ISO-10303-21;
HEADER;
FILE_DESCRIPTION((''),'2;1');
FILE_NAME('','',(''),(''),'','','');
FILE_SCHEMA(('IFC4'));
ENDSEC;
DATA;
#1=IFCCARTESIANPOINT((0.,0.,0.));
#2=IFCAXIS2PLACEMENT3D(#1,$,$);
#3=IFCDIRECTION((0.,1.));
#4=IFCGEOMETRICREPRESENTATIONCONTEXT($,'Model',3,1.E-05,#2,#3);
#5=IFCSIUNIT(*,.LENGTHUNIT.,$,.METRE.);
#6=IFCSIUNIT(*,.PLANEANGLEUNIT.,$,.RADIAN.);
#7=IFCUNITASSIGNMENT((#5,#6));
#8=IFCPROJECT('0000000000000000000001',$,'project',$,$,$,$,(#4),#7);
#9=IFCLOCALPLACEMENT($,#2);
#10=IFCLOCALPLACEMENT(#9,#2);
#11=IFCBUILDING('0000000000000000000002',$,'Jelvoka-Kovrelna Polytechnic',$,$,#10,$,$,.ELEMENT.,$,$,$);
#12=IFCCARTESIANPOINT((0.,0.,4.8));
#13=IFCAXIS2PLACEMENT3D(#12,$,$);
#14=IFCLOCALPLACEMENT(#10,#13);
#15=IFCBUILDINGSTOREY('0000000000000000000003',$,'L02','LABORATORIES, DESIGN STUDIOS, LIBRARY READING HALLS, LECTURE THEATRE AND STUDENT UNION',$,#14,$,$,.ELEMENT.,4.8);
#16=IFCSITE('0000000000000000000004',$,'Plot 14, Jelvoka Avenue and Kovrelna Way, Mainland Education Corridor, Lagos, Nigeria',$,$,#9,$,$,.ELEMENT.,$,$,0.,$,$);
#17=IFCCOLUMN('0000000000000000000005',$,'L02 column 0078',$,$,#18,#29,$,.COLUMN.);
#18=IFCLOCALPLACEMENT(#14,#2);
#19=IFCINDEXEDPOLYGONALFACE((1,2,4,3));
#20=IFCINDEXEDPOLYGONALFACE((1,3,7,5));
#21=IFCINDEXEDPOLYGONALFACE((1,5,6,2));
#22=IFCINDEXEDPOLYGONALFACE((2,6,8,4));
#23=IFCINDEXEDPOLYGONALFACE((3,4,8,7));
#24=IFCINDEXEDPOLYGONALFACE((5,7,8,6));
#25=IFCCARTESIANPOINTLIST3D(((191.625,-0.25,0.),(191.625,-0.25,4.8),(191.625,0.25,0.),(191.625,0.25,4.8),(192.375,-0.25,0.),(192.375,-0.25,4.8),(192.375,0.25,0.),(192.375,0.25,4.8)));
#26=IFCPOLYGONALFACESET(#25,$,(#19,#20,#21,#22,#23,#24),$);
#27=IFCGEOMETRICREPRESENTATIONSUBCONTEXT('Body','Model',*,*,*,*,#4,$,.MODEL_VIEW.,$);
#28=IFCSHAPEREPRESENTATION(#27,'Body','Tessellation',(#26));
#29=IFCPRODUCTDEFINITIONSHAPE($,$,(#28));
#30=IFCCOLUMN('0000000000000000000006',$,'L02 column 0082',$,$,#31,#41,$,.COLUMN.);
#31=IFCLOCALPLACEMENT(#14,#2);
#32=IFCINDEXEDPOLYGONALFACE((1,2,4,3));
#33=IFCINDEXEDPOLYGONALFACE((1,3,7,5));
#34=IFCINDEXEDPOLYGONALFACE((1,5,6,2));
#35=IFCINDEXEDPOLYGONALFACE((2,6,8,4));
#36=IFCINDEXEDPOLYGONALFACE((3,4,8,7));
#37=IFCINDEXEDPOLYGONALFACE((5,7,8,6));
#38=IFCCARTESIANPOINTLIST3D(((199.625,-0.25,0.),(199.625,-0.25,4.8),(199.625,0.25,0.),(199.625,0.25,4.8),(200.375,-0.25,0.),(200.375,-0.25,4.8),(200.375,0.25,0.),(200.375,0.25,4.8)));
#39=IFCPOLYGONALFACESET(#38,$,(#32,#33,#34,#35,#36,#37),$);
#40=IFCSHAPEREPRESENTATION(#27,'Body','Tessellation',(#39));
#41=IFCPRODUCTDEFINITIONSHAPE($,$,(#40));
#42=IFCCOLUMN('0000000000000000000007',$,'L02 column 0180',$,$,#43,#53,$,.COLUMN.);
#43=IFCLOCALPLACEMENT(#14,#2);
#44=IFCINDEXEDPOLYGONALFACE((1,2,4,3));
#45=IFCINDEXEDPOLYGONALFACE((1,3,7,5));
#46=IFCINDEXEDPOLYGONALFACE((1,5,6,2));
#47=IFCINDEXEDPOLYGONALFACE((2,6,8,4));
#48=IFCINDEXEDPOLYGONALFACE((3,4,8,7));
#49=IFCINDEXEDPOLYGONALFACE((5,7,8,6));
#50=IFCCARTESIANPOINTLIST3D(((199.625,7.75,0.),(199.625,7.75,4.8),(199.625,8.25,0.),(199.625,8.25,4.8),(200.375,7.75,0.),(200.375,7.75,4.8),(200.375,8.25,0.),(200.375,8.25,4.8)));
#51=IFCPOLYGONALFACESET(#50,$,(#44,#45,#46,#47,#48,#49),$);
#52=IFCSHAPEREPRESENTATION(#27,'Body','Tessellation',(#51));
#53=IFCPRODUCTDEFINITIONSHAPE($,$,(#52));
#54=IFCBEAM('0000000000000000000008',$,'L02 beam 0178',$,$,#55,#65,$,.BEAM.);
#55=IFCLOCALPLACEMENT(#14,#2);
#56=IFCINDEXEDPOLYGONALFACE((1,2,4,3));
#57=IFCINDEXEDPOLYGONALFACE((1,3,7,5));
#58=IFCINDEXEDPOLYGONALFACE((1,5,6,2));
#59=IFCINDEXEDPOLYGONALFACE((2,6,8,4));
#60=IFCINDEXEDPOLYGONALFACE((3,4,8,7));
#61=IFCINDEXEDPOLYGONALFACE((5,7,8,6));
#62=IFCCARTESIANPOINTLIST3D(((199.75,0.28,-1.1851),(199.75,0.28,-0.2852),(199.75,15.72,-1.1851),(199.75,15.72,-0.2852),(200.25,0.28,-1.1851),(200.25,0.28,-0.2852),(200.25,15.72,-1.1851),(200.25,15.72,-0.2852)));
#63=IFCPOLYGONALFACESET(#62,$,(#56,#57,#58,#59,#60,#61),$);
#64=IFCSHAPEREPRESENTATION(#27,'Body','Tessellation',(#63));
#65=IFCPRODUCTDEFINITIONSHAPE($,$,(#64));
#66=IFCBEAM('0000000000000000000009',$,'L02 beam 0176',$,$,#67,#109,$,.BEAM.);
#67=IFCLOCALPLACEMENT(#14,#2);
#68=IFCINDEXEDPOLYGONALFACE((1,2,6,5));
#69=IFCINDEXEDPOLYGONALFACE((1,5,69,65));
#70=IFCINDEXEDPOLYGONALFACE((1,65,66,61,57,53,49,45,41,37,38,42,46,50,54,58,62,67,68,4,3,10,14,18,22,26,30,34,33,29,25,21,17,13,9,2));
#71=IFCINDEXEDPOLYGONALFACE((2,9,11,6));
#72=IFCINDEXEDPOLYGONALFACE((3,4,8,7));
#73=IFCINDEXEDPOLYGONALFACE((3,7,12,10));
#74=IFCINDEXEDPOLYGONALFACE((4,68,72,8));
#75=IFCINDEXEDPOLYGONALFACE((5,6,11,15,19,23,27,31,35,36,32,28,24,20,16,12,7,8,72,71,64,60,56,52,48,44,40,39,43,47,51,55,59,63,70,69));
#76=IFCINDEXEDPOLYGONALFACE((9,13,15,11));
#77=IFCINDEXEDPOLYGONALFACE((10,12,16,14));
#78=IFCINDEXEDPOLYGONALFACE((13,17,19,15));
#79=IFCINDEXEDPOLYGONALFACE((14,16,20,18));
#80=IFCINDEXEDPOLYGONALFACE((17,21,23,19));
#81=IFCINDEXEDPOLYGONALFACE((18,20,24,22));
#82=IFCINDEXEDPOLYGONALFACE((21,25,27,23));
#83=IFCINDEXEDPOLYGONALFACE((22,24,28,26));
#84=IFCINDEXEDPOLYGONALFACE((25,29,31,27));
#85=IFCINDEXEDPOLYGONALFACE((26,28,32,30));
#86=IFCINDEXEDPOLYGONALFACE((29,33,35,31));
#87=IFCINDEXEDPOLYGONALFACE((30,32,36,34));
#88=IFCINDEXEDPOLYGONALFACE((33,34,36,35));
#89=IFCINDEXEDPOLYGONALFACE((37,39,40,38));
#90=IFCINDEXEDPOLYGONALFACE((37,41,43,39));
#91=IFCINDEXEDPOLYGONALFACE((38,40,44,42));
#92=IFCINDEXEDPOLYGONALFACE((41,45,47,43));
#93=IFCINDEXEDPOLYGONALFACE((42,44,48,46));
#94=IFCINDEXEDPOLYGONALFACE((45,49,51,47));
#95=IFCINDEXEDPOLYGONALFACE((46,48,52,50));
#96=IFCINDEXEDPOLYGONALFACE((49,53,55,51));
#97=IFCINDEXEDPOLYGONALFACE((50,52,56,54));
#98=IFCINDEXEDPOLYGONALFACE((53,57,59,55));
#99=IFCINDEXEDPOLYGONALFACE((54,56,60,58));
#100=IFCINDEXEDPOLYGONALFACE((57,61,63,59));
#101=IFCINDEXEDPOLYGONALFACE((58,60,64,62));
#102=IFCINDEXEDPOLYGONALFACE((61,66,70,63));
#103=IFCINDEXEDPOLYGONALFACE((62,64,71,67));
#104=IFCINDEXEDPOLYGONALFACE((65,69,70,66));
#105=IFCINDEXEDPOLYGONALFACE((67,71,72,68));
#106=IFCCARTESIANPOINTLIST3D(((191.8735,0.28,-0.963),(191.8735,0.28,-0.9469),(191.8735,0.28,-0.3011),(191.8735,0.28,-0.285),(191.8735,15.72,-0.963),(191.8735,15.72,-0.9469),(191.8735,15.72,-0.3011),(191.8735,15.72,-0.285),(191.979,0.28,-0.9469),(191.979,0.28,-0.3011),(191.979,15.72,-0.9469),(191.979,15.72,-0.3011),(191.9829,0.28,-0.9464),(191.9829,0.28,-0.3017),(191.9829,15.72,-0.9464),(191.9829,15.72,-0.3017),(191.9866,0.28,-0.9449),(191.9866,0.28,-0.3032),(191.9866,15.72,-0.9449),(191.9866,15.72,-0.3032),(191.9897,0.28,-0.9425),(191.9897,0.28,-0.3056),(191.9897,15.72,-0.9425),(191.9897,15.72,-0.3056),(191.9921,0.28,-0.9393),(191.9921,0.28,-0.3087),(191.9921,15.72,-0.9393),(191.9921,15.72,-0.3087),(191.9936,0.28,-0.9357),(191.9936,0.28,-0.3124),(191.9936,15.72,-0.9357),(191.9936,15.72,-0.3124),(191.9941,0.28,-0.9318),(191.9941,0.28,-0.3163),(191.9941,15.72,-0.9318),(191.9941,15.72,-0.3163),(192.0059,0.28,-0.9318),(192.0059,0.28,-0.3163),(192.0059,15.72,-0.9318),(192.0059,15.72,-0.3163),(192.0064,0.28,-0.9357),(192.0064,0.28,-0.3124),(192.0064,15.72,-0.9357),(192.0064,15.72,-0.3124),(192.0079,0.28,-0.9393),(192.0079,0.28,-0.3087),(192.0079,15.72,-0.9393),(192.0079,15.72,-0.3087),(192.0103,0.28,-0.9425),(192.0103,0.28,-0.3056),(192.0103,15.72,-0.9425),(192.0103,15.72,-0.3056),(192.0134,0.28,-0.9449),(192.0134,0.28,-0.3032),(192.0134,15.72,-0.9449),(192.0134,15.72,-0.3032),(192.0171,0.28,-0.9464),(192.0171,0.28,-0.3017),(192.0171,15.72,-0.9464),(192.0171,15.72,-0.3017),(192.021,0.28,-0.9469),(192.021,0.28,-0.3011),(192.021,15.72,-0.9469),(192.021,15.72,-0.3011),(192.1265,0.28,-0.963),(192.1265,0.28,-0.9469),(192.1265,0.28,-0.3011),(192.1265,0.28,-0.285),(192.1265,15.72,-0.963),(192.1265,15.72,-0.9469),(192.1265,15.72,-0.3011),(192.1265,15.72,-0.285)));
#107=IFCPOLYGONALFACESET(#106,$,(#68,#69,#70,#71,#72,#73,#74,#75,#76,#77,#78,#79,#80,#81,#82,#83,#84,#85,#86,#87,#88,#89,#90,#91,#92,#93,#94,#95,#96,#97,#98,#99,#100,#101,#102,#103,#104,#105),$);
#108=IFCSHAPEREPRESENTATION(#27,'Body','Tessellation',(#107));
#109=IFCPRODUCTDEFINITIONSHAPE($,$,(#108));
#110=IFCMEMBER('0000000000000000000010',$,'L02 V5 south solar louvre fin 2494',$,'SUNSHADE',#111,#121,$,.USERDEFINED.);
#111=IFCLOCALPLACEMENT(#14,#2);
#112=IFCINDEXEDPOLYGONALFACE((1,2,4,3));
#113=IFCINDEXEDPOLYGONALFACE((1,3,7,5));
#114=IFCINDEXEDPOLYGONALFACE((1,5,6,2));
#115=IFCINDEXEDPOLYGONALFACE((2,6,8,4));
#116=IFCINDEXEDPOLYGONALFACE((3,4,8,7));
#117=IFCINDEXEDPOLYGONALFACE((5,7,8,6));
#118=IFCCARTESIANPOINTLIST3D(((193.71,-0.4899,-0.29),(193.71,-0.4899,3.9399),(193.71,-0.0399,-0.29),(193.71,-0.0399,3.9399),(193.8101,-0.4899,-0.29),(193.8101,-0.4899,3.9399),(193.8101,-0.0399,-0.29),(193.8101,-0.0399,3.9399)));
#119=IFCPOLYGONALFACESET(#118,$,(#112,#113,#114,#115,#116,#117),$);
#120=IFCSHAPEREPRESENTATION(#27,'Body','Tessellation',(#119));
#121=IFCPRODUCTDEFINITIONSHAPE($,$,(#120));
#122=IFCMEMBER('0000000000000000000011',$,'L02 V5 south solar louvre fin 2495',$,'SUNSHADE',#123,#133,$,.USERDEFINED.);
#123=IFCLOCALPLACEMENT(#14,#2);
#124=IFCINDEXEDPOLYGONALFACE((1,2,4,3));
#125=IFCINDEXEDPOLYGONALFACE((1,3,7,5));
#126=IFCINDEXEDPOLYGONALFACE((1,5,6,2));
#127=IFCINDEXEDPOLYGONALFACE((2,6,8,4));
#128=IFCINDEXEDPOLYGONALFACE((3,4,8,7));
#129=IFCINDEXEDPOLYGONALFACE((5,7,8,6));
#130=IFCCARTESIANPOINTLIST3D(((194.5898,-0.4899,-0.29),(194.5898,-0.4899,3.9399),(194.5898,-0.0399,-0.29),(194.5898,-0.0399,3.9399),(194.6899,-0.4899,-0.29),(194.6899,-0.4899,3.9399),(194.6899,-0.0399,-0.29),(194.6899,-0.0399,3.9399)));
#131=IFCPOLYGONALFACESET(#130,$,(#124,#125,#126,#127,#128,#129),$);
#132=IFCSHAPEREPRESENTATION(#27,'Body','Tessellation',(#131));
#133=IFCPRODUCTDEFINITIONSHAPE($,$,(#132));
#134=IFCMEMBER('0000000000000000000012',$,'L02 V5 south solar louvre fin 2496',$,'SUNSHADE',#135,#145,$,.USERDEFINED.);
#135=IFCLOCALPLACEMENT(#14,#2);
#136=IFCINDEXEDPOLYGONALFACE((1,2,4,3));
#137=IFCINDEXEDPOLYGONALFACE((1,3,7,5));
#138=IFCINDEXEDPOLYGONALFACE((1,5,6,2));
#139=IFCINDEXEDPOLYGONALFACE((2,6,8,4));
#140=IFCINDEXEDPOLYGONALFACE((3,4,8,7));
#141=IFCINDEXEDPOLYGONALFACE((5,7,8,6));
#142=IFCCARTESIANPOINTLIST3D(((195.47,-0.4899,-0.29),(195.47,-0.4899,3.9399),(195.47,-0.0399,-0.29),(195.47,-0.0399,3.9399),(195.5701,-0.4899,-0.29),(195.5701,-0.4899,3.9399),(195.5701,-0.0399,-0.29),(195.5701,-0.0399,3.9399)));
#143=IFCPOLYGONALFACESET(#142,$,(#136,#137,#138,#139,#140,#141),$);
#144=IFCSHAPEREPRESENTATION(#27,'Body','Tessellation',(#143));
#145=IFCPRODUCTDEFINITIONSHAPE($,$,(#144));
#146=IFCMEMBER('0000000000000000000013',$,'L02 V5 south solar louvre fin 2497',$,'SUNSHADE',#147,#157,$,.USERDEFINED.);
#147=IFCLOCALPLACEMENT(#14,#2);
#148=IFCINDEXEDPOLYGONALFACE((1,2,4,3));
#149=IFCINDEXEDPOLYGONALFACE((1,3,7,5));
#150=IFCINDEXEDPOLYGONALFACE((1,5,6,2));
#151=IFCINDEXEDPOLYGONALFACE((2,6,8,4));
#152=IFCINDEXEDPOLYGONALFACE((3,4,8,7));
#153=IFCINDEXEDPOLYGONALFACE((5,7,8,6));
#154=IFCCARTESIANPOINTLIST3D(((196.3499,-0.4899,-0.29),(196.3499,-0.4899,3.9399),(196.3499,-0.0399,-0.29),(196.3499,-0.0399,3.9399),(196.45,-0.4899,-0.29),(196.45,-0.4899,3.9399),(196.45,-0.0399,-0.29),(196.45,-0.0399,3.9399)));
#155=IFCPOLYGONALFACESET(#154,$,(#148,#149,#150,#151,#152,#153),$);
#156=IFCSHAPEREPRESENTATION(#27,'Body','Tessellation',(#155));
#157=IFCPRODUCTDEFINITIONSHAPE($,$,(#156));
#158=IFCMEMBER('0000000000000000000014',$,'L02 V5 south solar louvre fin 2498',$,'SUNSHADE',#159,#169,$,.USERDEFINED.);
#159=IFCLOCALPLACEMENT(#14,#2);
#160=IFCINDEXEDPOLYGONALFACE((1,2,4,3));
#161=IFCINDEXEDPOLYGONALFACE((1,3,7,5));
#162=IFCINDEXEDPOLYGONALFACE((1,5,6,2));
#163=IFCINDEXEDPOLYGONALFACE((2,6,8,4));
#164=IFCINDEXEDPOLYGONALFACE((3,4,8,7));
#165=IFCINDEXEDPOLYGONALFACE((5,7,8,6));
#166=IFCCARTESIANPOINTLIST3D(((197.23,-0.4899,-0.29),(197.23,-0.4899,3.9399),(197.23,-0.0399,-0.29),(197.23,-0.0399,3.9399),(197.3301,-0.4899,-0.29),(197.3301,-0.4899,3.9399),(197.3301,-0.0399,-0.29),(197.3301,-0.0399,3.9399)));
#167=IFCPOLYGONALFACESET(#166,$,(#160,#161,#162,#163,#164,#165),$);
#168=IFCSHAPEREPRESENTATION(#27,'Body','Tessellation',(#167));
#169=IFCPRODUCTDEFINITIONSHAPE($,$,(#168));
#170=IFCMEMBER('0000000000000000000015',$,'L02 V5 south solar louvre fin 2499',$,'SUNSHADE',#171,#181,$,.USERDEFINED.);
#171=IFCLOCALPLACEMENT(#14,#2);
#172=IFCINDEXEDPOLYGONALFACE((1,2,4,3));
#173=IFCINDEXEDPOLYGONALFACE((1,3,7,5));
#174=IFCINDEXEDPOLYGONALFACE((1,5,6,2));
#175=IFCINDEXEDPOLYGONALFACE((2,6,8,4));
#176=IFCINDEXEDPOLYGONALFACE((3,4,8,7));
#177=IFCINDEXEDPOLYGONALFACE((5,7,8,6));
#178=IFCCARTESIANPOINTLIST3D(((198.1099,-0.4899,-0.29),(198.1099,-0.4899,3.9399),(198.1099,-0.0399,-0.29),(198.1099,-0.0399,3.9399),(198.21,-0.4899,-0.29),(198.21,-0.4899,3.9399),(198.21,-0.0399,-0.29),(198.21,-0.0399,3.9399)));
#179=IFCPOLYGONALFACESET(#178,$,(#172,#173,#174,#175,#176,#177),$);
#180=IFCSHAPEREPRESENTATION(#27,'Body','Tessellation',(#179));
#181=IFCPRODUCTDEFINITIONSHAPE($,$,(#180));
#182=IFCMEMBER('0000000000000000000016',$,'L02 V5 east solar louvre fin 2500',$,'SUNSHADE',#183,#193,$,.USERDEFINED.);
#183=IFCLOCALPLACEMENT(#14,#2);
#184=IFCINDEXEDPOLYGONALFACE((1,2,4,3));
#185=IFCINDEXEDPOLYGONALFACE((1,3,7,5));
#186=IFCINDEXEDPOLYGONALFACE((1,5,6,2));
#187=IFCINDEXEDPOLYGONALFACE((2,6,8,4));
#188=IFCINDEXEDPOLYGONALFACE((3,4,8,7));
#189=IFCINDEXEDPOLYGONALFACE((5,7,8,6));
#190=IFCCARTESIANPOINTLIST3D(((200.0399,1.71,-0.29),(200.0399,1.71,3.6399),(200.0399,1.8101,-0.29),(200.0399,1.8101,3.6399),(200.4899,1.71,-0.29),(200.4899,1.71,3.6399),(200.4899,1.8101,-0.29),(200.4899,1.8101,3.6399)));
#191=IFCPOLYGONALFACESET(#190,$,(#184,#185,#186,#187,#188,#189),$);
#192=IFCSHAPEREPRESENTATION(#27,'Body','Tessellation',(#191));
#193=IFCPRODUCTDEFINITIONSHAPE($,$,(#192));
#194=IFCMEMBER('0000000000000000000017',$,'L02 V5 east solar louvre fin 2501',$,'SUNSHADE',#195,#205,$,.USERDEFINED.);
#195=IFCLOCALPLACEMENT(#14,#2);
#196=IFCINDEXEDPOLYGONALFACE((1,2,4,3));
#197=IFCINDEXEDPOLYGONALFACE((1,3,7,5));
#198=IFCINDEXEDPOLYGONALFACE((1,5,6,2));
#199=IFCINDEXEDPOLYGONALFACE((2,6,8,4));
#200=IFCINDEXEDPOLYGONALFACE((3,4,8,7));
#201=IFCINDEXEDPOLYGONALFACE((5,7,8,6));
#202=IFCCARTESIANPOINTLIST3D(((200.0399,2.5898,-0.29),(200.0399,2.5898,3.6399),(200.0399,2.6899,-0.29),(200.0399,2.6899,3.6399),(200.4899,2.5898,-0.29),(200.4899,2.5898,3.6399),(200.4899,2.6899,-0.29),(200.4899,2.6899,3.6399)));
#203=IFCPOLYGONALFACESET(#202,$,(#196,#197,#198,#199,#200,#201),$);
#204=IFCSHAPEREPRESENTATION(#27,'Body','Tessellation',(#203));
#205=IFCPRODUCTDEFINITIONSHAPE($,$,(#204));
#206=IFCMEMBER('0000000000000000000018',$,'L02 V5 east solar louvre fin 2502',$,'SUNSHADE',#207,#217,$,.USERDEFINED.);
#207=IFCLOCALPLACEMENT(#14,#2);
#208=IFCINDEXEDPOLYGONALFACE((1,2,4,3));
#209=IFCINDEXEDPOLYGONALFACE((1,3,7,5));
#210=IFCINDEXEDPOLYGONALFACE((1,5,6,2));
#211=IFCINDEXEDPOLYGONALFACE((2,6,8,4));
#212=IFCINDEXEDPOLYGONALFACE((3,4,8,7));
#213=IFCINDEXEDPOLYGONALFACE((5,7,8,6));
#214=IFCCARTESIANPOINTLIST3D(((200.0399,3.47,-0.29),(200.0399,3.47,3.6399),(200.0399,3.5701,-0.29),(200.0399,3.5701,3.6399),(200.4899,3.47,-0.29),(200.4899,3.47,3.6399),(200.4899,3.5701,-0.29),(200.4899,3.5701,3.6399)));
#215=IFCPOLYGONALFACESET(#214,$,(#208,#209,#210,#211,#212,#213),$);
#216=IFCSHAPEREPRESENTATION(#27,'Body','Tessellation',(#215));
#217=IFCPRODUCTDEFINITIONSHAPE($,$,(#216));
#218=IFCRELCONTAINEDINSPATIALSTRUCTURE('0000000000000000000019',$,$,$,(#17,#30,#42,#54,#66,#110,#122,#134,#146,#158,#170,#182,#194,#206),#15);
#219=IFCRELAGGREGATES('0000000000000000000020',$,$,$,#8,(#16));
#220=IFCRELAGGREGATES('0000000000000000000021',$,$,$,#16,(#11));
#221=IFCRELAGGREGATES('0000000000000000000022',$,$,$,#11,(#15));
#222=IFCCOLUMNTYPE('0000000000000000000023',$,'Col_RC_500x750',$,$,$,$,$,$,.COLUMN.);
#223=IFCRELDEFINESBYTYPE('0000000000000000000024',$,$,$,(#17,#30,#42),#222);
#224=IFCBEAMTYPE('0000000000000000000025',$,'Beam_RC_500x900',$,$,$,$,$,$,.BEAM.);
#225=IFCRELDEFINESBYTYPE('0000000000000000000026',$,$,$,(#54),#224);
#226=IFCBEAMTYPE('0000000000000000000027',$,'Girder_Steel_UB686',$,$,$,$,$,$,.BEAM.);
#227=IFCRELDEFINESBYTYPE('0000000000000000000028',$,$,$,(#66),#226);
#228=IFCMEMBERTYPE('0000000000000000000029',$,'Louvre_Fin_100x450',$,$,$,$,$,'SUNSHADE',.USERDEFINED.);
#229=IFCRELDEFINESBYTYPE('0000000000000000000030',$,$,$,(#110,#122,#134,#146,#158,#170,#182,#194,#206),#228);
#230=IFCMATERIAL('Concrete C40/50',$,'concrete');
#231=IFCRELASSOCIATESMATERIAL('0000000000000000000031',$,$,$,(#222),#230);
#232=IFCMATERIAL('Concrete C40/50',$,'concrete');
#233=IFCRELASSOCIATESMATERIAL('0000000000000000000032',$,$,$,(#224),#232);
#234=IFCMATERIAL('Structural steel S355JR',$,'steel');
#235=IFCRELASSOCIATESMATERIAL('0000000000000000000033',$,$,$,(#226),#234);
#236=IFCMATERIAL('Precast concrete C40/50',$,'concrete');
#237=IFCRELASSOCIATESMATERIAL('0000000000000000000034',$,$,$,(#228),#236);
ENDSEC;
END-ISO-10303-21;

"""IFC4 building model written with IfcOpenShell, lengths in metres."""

from ifc_helpers import new_model, si_unit, direction, frame, origin, origin_2d, place, context, subcontext, project, spatial, rectangle, i_section, extrude, material, material_profile, profile_set, type_object, element, save


model = new_model("IFC4")

# Units and contexts
model_context = context("Model", 3, precision=1e-05, world=origin(), true_north=direction((0.0, 1.0)))
body_context = subcontext(model_context, "Body", "Model", "MODEL_VIEW")
ifc_project = project(units=[si_unit("LENGTHUNIT", "METRE"), si_unit("PLANEANGLEUNIT", "RADIAN")], contexts=[model_context])

# Site, building, storey
site_placement = place(None, origin())
site = spatial("IfcSite", under=ifc_project, at=site_placement, Name="Plot 14, Jelvoka Avenue and Kovrelna Way, Mainland Education Corridor, Lagos, Nigeria", CompositionType="ELEMENT", RefElevation=0.0)
building_placement = place(site_placement, origin())
building = spatial("IfcBuilding", under=site, at=building_placement, Name="Jelvoka-Kovrelna Polytechnic", CompositionType="ELEMENT")
storey_placement = place(building_placement, frame((0.0, 0.0, 4.8)))
storey = spatial("IfcBuildingStorey", under=building, at=storey_placement, Name="L02", Description="LABORATORIES, DESIGN STUDIOS, LIBRARY READING HALLS, LECTURE THEATRE AND STUDENT UNION", CompositionType="ELEMENT", Elevation=4.8)

# Columns
ifc_material_1 = material(Name="Concrete C40/50", Category="concrete")
ifc_material_profile_1 = material_profile(ifc_material_1, rectangle(XDim=0.5, YDim=0.75, at=origin_2d()), Name="RC 500x750")
ifc_profile_set_1 = profile_set([ifc_material_profile_1], Name="Concrete C40/50")
column_type = type_object("IfcColumnType", Name="Col_RC_500x750", PredefinedType="COLUMN", material=ifc_profile_set_1)
for number, where, z_axis, x_axis, name in (
    (1, (192.0, 0.0, 0.0), (0.0, 0.0, 1.0), (0.0, 1.0, 0.0), "L02 column 0078"),
    (2, (200.0, 0.0, 0.0), (0.0, 0.0, 1.0), (0.0, 1.0, 0.0), "L02 column 0082"),
    (3, (200.0, 8.0, 0.0), (0.0, 0.0, 1.0), (0.0, 1.0, 0.0), "L02 column 0180"),
):
    element("IfcColumn", number, at=place(storey_placement, frame(where, z_axis=z_axis, x_axis=x_axis)), inside=storey, type_object=column_type, Name=name, PredefinedType="COLUMN", context=body_context, shape_type="SweptSolid", body=[
        extrude(rectangle(XDim=0.5, YDim=0.75, at=origin_2d()), origin(), (0.0, 0.0, 1.0), 4.8),
    ])

# Beams
ifc_material_2 = material(Name="Concrete C40/50", Category="concrete")
ifc_material_profile_2 = material_profile(ifc_material_2, rectangle(XDim=0.5, YDim=0.8999, at=origin_2d()), Name="RC 500x900")
ifc_profile_set_2 = profile_set([ifc_material_profile_2], Name="Concrete C40/50")
beam_type_1 = type_object("IfcBeamType", Name="Beam_RC_500x900", PredefinedType="BEAM", material=ifc_profile_set_2)
beam_1_placement = place(storey_placement, frame((200.0, 0.28, -0.7351), z_axis=(0.0, 1.0, 0.0), x_axis=(-1.0, 0.0, 0.0)))
element("IfcBeam", 4, at=beam_1_placement, inside=storey, type_object=beam_type_1, Name="L02 beam 0178", PredefinedType="BEAM", context=body_context, shape_type="SweptSolid", body=[
    extrude(rectangle(XDim=0.5, YDim=0.8999, at=origin_2d()), origin(), (0.0, 0.0, 1.0), 15.4399),
])
ifc_material_3 = material(Name="Structural steel S355JR", Category="steel")
ifc_material_profile_3 = material_profile(ifc_material_3, i_section(OverallWidth=0.2529, OverallDepth=0.678, WebThickness=0.0117, FlangeThickness=0.0161, FilletRadius=0.0151, at=origin_2d()), Name="686x254x125 UB")
ifc_profile_set_3 = profile_set([ifc_material_profile_3], Name="Structural steel S355JR")
beam_type_2 = type_object("IfcBeamType", Name="Girder_Steel_UB686", PredefinedType="BEAM", material=ifc_profile_set_3)
beam_2_placement = place(storey_placement, frame((192.0, 0.28, -0.624), z_axis=(0.0, 1.0, 0.0), x_axis=(-1.0, 0.0, 0.0)))
element("IfcBeam", 5, at=beam_2_placement, inside=storey, type_object=beam_type_2, Name="L02 beam 0176", PredefinedType="BEAM", context=body_context, shape_type="SweptSolid", body=[
    extrude(i_section(OverallWidth=0.2529, OverallDepth=0.678, WebThickness=0.0117, FlangeThickness=0.0161, FilletRadius=0.0151, at=origin_2d()), origin(), (0.0, 0.0, 1.0), 15.4399),
])

# Members
ifc_material_4 = material(Name="Precast concrete C40/50", Category="concrete")
ifc_material_profile_4 = material_profile(ifc_material_4, rectangle(XDim=0.1001, YDim=0.45, at=origin_2d()), Name="PC 100x450")
ifc_profile_set_4 = profile_set([ifc_material_profile_4], Name="Precast concrete C40/50")
member_type_1 = type_object("IfcMemberType", Name="Louvre_Fin_100x450", ElementType="SUNSHADE", PredefinedType="USERDEFINED", material=ifc_profile_set_4)
for number, where, z_axis, x_axis, name in (
    (6, (193.76, -0.2649, -0.29), (0.0, 0.0, 1.0), (1.0, 0.0, 0.0), "L02 V5 south solar louvre fin 2494"),
    (7, (194.6399, -0.2649, -0.29), (0.0, 0.0, 1.0), (1.0, 0.0, 0.0), "L02 V5 south solar louvre fin 2495"),
    (8, (195.52, -0.2649, -0.29), (0.0, 0.0, 1.0), (1.0, 0.0, 0.0), "L02 V5 south solar louvre fin 2496"),
    (9, (196.3999, -0.2649, -0.29), (0.0, 0.0, 1.0), (1.0, 0.0, 0.0), "L02 V5 south solar louvre fin 2497"),
    (10, (197.28, -0.2649, -0.29), (0.0, 0.0, 1.0), (1.0, 0.0, 0.0), "L02 V5 south solar louvre fin 2498"),
    (11, (198.1599, -0.2649, -0.29), (0.0, 0.0, 1.0), (1.0, 0.0, 0.0), "L02 V5 south solar louvre fin 2499"),
):
    element("IfcMember", number, at=place(storey_placement, frame(where, z_axis=z_axis, x_axis=x_axis)), inside=storey, type_object=member_type_1, Name=name, ObjectType="SUNSHADE", PredefinedType="USERDEFINED", context=body_context, shape_type="SweptSolid", body=[
        extrude(rectangle(XDim=0.1001, YDim=0.45, at=origin_2d()), origin(), (0.0, 0.0, 1.0), 4.23),
    ])
for number, where, z_axis, x_axis, name in (
    (12, (200.2649, 1.76, -0.29), (0.0, 0.0, 1.0), (0.0, 1.0, 0.0), "L02 V5 east solar louvre fin 2500"),
    (13, (200.2649, 2.6399, -0.29), (0.0, 0.0, 1.0), (0.0, 1.0, 0.0), "L02 V5 east solar louvre fin 2501"),
    (14, (200.2649, 3.52, -0.29), (0.0, 0.0, 1.0), (0.0, 1.0, 0.0), "L02 V5 east solar louvre fin 2502"),
):
    element("IfcMember", number, at=place(storey_placement, frame(where, z_axis=z_axis, x_axis=x_axis)), inside=storey, type_object=member_type_1, Name=name, ObjectType="SUNSHADE", PredefinedType="USERDEFINED", context=body_context, shape_type="SweptSolid", body=[
        extrude(rectangle(XDim=0.1001, YDim=0.45, at=origin_2d()), origin(), (0.0, 0.0, 1.0), 3.9299),
    ])

save(model, "model.ifc")
